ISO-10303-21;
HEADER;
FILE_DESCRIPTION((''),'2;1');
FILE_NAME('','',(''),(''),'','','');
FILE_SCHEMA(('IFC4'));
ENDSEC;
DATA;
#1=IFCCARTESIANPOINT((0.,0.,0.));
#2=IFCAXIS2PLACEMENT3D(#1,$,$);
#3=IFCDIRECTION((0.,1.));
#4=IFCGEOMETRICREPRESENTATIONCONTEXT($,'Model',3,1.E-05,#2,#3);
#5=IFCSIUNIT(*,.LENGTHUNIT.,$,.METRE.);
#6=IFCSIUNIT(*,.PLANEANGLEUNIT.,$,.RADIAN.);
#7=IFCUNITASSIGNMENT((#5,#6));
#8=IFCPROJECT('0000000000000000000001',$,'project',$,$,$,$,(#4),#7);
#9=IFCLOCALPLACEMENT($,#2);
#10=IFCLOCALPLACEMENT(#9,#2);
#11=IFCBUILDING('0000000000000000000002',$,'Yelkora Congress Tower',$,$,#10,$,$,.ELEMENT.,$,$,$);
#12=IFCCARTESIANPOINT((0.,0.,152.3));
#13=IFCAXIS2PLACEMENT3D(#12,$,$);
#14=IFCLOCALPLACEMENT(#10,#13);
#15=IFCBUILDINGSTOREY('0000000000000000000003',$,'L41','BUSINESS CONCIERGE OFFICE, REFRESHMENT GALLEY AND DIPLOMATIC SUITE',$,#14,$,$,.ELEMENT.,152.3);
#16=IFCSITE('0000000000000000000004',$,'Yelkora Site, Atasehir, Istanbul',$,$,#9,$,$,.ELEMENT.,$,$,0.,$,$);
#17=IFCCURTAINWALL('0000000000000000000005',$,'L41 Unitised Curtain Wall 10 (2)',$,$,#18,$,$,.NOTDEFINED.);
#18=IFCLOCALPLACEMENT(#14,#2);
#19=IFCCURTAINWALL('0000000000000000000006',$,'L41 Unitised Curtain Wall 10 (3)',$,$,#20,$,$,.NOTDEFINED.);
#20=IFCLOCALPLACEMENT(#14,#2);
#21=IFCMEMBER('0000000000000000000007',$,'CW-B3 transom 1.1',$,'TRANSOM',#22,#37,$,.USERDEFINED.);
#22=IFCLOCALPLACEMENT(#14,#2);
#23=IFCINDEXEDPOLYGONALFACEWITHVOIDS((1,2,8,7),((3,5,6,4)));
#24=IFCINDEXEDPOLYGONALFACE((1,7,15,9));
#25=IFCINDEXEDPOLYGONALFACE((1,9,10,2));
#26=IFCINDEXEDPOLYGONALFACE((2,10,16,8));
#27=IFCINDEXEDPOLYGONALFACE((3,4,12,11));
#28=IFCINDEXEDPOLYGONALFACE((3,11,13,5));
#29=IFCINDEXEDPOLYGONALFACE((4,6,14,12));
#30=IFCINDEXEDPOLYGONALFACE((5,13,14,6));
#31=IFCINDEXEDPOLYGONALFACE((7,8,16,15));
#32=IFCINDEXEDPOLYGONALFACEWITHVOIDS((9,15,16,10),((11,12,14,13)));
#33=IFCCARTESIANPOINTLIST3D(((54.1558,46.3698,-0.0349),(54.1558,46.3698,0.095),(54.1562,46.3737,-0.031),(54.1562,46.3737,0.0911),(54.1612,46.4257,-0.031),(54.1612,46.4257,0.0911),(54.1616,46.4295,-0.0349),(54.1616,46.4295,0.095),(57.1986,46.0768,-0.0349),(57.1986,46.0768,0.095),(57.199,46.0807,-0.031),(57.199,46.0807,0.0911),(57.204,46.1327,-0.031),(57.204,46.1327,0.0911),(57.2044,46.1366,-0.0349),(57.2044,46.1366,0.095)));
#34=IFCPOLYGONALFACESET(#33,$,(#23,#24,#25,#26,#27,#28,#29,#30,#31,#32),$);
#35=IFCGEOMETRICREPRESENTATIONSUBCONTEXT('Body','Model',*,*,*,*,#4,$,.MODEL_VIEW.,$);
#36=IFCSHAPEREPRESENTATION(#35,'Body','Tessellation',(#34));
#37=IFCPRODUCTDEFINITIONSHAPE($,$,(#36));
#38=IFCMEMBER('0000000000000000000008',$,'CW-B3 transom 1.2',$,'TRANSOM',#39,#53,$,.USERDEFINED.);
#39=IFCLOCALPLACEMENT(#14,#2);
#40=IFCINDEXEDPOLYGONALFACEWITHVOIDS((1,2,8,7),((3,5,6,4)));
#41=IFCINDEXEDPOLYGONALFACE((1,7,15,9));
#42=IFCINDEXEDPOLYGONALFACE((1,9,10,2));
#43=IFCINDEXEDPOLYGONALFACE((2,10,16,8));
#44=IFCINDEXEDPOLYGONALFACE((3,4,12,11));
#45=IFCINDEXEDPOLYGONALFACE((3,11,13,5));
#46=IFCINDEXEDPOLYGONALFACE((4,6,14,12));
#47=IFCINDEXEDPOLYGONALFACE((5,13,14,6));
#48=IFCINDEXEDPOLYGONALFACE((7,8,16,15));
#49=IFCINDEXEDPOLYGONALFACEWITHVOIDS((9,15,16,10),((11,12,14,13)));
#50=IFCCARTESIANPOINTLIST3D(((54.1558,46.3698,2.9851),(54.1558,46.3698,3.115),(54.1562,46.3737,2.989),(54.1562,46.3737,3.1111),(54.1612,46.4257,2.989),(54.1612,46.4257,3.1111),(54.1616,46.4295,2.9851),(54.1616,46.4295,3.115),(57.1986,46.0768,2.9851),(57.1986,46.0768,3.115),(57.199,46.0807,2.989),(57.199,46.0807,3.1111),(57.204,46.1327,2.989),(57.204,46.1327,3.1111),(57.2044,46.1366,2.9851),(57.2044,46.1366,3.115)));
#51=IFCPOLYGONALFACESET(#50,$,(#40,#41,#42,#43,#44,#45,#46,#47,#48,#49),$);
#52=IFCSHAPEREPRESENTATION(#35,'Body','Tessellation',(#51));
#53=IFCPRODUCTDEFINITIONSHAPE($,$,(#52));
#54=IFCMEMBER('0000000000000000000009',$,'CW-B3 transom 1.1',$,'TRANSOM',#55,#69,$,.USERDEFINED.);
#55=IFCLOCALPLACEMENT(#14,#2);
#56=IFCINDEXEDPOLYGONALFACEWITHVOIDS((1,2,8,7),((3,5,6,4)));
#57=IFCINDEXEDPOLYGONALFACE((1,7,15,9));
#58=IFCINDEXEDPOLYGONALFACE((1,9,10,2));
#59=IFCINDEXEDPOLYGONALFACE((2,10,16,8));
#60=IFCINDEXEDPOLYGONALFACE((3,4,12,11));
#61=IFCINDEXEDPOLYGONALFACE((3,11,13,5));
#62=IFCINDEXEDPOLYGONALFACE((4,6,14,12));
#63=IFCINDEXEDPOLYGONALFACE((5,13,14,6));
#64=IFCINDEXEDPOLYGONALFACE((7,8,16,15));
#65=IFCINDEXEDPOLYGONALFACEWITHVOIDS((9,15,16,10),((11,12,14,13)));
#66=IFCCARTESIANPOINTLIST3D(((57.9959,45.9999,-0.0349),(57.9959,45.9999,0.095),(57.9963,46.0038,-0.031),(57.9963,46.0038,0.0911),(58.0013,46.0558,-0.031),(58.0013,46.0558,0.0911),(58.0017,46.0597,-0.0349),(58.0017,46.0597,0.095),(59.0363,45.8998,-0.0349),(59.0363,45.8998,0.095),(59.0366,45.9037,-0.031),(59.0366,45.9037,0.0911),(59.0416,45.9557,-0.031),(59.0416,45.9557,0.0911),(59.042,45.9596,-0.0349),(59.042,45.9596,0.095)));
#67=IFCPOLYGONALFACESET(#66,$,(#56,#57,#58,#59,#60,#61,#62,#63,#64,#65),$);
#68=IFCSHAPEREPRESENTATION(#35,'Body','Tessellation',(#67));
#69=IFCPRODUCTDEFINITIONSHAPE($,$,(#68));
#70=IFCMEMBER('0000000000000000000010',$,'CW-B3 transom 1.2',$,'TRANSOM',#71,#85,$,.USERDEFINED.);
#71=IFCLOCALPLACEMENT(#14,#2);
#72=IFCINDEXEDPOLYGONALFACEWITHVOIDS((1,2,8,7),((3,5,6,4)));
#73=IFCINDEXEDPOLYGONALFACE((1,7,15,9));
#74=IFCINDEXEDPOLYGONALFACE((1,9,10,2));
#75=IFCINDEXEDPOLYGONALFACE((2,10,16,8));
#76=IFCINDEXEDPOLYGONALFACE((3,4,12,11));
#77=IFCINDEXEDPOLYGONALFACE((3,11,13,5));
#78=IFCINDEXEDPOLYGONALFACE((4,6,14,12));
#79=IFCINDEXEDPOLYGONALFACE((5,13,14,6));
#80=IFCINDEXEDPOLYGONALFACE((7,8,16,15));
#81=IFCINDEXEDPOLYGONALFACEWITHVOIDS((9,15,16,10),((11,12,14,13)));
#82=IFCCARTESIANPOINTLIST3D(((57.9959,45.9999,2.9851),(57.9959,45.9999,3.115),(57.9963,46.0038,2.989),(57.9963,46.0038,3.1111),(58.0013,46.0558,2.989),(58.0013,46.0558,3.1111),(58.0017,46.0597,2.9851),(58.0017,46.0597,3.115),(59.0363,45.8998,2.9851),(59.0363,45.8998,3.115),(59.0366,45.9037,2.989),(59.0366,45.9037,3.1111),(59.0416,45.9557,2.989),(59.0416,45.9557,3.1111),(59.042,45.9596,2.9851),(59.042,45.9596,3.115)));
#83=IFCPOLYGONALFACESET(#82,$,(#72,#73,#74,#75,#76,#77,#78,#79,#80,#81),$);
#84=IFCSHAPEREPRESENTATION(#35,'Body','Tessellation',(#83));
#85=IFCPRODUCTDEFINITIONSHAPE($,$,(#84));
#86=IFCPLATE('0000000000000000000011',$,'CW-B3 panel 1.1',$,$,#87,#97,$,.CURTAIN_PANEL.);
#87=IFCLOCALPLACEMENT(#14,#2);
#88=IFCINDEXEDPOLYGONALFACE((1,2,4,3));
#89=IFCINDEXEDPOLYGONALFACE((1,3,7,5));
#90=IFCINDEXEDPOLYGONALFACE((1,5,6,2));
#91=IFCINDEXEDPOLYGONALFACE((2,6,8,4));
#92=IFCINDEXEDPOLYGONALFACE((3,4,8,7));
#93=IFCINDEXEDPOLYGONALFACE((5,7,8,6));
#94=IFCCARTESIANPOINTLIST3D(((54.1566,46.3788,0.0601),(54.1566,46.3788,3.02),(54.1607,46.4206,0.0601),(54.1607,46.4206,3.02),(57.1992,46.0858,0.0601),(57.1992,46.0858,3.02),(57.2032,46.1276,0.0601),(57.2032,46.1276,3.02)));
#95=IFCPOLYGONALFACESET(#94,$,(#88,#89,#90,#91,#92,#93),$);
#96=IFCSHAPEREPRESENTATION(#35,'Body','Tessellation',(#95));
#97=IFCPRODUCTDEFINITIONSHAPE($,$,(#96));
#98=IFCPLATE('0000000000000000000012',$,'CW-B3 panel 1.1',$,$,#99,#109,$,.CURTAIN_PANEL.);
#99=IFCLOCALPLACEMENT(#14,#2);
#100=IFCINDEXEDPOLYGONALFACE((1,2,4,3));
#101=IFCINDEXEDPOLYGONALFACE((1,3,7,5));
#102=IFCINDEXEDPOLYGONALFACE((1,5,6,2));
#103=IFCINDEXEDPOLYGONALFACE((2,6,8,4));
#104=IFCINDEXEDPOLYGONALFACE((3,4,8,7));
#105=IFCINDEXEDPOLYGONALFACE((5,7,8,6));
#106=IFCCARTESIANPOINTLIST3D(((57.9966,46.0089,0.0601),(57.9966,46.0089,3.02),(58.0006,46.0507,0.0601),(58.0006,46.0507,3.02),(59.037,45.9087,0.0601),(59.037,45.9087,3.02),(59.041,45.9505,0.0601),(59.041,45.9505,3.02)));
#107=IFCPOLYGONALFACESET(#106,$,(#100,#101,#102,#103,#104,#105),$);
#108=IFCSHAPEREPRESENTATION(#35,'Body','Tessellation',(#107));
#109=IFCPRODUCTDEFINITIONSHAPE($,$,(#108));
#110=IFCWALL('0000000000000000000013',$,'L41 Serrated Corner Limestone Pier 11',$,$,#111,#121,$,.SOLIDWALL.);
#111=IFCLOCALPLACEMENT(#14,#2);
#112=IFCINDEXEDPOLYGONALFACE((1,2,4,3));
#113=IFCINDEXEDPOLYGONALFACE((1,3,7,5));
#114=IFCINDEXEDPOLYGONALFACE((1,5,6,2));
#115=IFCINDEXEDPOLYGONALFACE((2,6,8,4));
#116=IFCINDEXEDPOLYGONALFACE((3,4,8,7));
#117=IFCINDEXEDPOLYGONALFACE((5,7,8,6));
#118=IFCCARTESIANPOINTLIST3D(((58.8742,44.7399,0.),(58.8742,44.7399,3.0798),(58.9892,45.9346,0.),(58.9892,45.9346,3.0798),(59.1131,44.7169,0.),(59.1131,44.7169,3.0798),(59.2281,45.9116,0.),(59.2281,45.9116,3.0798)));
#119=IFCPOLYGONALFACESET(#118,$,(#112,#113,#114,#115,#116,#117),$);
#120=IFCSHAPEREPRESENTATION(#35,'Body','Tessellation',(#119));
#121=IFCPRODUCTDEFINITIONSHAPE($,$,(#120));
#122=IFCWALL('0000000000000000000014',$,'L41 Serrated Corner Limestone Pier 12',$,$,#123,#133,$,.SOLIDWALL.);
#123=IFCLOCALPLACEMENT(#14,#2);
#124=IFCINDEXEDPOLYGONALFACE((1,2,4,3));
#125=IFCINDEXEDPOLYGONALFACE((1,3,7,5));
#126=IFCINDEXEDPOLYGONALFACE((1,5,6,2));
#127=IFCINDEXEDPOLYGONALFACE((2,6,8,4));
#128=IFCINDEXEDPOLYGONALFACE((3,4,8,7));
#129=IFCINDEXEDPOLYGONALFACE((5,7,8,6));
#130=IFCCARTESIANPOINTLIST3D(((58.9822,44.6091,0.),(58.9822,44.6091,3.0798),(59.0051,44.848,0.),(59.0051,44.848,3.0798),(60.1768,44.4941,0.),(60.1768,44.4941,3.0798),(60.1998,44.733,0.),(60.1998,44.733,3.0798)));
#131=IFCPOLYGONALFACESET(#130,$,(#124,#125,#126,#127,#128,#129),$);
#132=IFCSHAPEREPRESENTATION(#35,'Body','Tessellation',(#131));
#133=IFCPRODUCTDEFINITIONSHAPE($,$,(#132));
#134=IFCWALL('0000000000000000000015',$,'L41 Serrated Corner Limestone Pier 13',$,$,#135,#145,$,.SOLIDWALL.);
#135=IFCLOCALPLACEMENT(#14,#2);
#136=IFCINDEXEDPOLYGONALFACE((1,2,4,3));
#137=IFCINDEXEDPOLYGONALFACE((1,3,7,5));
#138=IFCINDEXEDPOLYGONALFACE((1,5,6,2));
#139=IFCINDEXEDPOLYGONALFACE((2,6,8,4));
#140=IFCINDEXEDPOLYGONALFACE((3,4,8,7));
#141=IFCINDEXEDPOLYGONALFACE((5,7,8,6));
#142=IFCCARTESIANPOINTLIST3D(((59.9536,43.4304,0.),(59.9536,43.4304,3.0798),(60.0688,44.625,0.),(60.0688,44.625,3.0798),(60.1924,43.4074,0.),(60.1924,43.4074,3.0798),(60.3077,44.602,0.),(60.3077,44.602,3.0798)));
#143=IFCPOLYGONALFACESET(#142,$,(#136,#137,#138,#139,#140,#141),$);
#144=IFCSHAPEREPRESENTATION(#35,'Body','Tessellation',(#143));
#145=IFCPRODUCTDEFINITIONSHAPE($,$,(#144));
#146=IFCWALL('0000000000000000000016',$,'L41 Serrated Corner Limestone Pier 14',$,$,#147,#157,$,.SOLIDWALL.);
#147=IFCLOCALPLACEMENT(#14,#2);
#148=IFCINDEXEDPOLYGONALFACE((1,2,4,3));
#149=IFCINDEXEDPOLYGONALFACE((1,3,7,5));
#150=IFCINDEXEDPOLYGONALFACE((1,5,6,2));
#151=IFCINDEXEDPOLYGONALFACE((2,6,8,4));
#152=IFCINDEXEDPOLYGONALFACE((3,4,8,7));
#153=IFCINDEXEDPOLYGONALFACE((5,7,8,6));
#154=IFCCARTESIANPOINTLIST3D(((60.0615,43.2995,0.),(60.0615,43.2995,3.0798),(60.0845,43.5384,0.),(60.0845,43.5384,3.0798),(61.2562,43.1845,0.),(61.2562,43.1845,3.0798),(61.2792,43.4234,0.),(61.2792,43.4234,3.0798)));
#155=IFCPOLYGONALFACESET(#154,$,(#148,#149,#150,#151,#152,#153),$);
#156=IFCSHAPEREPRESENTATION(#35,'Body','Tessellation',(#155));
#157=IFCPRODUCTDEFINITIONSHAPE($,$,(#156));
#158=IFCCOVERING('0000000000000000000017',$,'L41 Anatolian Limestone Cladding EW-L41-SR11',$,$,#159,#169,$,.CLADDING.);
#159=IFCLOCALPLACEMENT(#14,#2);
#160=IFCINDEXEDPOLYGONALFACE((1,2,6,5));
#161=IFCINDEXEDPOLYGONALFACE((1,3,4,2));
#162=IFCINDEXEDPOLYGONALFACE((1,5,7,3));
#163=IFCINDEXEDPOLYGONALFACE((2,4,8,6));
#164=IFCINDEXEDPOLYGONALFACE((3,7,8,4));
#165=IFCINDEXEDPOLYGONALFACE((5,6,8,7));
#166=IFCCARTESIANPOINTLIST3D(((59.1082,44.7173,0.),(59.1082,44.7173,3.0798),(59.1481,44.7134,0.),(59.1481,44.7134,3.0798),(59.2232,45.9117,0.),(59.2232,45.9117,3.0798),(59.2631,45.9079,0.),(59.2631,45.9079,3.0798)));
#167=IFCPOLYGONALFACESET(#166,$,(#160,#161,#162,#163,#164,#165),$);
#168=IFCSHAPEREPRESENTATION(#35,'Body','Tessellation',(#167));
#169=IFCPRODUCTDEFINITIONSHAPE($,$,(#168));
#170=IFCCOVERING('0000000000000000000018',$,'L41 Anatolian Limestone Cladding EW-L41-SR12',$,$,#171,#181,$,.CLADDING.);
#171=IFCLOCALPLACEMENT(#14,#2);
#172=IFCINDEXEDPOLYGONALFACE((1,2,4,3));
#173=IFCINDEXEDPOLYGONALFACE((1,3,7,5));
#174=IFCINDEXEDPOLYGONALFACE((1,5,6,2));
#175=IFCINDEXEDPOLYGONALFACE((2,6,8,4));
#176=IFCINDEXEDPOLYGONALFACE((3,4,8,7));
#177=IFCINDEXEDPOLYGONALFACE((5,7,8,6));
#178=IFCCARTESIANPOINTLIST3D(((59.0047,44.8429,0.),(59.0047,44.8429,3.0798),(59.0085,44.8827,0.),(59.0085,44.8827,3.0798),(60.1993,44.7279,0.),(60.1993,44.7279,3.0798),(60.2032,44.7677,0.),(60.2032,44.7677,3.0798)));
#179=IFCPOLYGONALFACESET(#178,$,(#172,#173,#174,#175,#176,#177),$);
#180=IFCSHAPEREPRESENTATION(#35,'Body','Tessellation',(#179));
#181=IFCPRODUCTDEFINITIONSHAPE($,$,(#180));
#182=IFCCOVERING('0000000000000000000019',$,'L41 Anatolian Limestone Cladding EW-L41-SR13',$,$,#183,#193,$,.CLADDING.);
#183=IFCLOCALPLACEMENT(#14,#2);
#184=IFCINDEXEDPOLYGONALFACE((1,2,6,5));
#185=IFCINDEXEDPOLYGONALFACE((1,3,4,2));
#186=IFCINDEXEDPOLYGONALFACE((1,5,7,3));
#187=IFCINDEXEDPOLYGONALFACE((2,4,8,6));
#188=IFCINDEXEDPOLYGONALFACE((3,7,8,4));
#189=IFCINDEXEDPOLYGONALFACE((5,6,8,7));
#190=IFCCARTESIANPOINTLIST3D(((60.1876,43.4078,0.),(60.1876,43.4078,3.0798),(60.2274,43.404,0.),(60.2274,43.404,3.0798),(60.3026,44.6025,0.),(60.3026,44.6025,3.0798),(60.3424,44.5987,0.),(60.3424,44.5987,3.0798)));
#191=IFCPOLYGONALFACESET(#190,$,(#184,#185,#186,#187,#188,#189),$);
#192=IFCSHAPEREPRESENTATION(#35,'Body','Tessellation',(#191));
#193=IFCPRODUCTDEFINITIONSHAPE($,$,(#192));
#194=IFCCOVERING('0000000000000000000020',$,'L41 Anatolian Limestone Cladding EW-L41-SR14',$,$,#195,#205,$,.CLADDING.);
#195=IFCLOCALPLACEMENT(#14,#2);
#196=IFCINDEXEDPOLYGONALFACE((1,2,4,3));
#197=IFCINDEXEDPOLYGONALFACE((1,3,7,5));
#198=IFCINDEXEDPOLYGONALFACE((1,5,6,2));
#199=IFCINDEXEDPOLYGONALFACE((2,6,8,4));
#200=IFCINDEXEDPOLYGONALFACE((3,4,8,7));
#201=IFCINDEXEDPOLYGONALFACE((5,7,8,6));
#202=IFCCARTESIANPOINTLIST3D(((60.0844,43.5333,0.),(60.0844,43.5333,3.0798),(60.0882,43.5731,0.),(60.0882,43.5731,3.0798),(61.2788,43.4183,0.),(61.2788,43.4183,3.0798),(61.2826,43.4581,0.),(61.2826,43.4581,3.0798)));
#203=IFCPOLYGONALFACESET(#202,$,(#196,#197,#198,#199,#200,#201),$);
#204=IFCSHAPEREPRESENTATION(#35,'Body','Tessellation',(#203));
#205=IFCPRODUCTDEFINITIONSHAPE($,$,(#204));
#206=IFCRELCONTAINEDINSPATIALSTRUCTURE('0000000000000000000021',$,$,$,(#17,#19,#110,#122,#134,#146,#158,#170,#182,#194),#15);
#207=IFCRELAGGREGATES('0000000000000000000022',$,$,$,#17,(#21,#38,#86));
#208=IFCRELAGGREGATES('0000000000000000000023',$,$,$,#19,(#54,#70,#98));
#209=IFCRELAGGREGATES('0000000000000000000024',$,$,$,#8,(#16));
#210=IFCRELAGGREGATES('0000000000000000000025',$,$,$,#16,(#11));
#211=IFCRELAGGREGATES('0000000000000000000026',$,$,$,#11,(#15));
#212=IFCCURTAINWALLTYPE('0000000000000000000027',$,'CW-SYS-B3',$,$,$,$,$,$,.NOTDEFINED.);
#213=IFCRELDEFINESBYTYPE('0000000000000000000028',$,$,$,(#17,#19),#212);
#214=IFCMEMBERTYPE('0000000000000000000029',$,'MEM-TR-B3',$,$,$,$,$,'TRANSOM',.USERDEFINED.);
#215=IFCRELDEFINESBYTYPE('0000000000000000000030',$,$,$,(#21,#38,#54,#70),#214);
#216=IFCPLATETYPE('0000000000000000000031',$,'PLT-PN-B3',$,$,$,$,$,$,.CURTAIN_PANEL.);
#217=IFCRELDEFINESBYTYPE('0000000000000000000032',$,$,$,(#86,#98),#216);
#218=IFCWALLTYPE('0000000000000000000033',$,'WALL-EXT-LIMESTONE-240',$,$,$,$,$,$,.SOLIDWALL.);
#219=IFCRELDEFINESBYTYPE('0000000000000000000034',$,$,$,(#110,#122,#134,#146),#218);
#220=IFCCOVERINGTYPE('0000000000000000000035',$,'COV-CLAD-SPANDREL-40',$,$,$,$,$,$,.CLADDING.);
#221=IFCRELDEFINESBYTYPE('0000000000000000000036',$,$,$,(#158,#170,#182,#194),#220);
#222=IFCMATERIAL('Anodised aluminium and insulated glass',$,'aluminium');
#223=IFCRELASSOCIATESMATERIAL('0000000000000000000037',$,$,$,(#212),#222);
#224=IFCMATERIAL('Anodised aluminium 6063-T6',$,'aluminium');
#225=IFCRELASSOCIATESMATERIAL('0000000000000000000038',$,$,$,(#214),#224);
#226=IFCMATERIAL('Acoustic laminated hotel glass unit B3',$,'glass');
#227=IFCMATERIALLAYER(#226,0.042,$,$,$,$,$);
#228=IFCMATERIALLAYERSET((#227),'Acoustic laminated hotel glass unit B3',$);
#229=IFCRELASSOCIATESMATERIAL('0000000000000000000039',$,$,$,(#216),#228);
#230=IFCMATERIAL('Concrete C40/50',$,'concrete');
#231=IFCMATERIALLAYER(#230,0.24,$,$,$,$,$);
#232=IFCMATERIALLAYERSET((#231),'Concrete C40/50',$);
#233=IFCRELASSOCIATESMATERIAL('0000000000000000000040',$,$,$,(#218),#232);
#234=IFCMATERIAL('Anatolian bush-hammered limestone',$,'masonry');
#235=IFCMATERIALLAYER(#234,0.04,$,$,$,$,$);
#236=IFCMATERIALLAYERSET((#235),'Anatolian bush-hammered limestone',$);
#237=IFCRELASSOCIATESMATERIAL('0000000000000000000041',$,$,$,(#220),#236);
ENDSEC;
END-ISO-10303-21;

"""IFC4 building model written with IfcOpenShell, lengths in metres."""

from ifc_helpers import new_model, si_unit, direction, frame, frame_2d, origin, origin_2d, place, context, subcontext, project, spatial, rectangle, hollow_rectangle, extrude, material, layer, layer_set, material_profile, profile_set, type_object, element, aggregate, save


model = new_model("IFC4")

# Units and contexts
model_context = context("Model", 3, precision=1e-05, world=origin(), true_north=direction((0.0, 1.0)))
body_context = subcontext(model_context, "Body", "Model", "MODEL_VIEW")
ifc_project = project(units=[si_unit("LENGTHUNIT", "METRE"), si_unit("PLANEANGLEUNIT", "RADIAN")], contexts=[model_context])

# Site, building, storey
site_placement = place(None, origin())
site = spatial("IfcSite", under=ifc_project, at=site_placement, Name="Yelkora Site, Atasehir, Istanbul", CompositionType="ELEMENT", RefElevation=0.0)
building_placement = place(site_placement, origin())
building = spatial("IfcBuilding", under=site, at=building_placement, Name="Yelkora Congress Tower", CompositionType="ELEMENT")
storey_placement = place(building_placement, frame((0.0, 0.0, 152.3)))
storey = spatial("IfcBuildingStorey", under=building, at=storey_placement, Name="L41", Description="BUSINESS CONCIERGE OFFICE, REFRESHMENT GALLEY AND DIPLOMATIC SUITE", CompositionType="ELEMENT", Elevation=152.3)

# Shared definitions
ifc_material_1 = material(Name="Anodised aluminium and insulated glass", Category="aluminium")
curtain_wall_type = type_object("IfcCurtainWallType", Name="CW-SYS-B3", PredefinedType="NOTDEFINED", material=ifc_material_1)
ifc_material_2 = material(Name="Anodised aluminium 6063-T6", Category="aluminium")

# Curtain walls
curtain_wall_1_placement = place(storey_placement, origin())
curtain_wall_1 = element("IfcCurtainWall", 1, at=curtain_wall_1_placement, inside=storey, type_object=curtain_wall_type, Name="L41 Unitised Curtain Wall 10 (2)", PredefinedType="NOTDEFINED")
curtain_wall_2_placement = place(storey_placement, origin())
curtain_wall_2 = element("IfcCurtainWall", 2, at=curtain_wall_2_placement, inside=storey, type_object=curtain_wall_type, Name="L41 Unitised Curtain Wall 10 (3)", PredefinedType="NOTDEFINED")

# Members
ifc_material_profile_1 = material_profile(ifc_material_2, hollow_rectangle(XDim=0.0601, YDim=0.1299, WallThickness=0.0039, at=origin_2d()), Name="ALU 60x130x4")
ifc_profile_set_1 = profile_set([ifc_material_profile_1], Name="Anodised aluminium 6063-T6")
member_type_1 = type_object("IfcMemberType", Name="MEM-TR-B3", ElementType="TRANSOM", PredefinedType="USERDEFINED", material=ifc_profile_set_1)
member_1_placement = place(storey_placement, frame((54.1587, 46.3997, 0.03), z_axis=(0.995397, -0.095842, 0.0), x_axis=(0.095842, 0.995397, 0.0)))
member_1 = element("IfcMember", 3, at=member_1_placement, type_object=member_type_1, Name="CW-B3 transom 1.1", ObjectType="TRANSOM", PredefinedType="USERDEFINED", context=body_context, shape_type="SweptSolid", body=[
    extrude(hollow_rectangle(XDim=0.0601, YDim=0.1299, WallThickness=0.0039, at=origin_2d()), origin(), (0.0, 0.0, 1.0), 3.0569),
])
member_2_placement = place(storey_placement, frame((54.1587, 46.3997, 3.05), z_axis=(0.995397, -0.095842, 0.0), x_axis=(0.095842, 0.995397, 0.0)))
member_2 = element("IfcMember", 4, at=member_2_placement, type_object=member_type_1, Name="CW-B3 transom 1.2", ObjectType="TRANSOM", PredefinedType="USERDEFINED", context=body_context, shape_type="SweptSolid", body=[
    extrude(hollow_rectangle(XDim=0.0601, YDim=0.1299, WallThickness=0.0039, at=origin_2d()), origin(), (0.0, 0.0, 1.0), 3.0569),
])
member_3_placement = place(storey_placement, frame((57.9988, 46.0298, 0.03), z_axis=(0.995403, -0.095779, 0.0), x_axis=(0.095779, 0.995403, 0.0)))
member_3 = element("IfcMember", 5, at=member_3_placement, type_object=member_type_1, Name="CW-B3 transom 1.1", ObjectType="TRANSOM", PredefinedType="USERDEFINED", context=body_context, shape_type="SweptSolid", body=[
    extrude(hollow_rectangle(XDim=0.0601, YDim=0.1299, WallThickness=0.0039, at=origin_2d()), origin(), (0.0, 0.0, 1.0), 1.0452),
])
member_4_placement = place(storey_placement, frame((57.9988, 46.0298, 3.05), z_axis=(0.995403, -0.095779, 0.0), x_axis=(0.095779, 0.995403, 0.0)))
member_4 = element("IfcMember", 6, at=member_4_placement, type_object=member_type_1, Name="CW-B3 transom 1.2", ObjectType="TRANSOM", PredefinedType="USERDEFINED", context=body_context, shape_type="SweptSolid", body=[
    extrude(hollow_rectangle(XDim=0.0601, YDim=0.1299, WallThickness=0.0039, at=origin_2d()), origin(), (0.0, 0.0, 1.0), 1.0452),
])

# Plates
ifc_material_3 = material(Name="Acoustic laminated hotel glass unit B3", Category="glass")
ifc_layer_1 = layer(ifc_material_3, 0.042)
ifc_layer_set_1 = layer_set([ifc_layer_1], Name="Acoustic laminated hotel glass unit B3")
plate_type = type_object("IfcPlateType", Name="PLT-PN-B3", PredefinedType="CURTAIN_PANEL", material=ifc_layer_set_1)
plate_1_placement = place(storey_placement, frame((55.6799, 46.2532, 0.0601), z_axis=(0.0, 0.0, 1.0), x_axis=(0.995396, -0.095848, 0.0)))
plate_1 = element("IfcPlate", 7, at=plate_1_placement, type_object=plate_type, Name="CW-B3 panel 1.1", PredefinedType="CURTAIN_PANEL", context=body_context, shape_type="SweptSolid", body=[
    extrude(rectangle(XDim=3.0566, YDim=0.042, at=origin_2d()), origin(), (0.0, 0.0, 1.0), 2.96),
])
aggregate(curtain_wall_1, [member_1, member_2, plate_1])
plate_2_placement = place(storey_placement, frame((58.5188, 45.9797, 0.0601), z_axis=(0.0, 0.0, 1.0), x_axis=(0.995396, -0.095852, 0.0)))
plate_2 = element("IfcPlate", 8, at=plate_2_placement, type_object=plate_type, Name="CW-B3 panel 1.1", PredefinedType="CURTAIN_PANEL", context=body_context, shape_type="SweptSolid", body=[
    extrude(rectangle(XDim=1.0452, YDim=0.042, at=origin_2d()), origin(), (0.0, 0.0, 1.0), 2.96),
])
aggregate(curtain_wall_2, [member_3, member_4, plate_2])

# Walls
ifc_material_4 = material(Name="Concrete C40/50", Category="concrete")
ifc_layer_2 = layer(ifc_material_4, 0.24)
ifc_layer_set_2 = layer_set([ifc_layer_2], Name="Concrete C40/50")
wall_type = type_object("IfcWallType", Name="WALL-EXT-LIMESTONE-240", PredefinedType="SOLIDWALL", material=ifc_layer_set_2)
for number, where, z_axis, x_axis, name in (
    (9, (59.1086, 45.9231, 0.0), (0.0, 0.0, 1.0), (-0.095817, -0.995399, 0.0), "L41 Serrated Corner Limestone Pier 11"),
    (10, (58.9937, 44.7285, 0.0), (0.0, 0.0, 1.0), (0.995399, -0.095817, 0.0), "L41 Serrated Corner Limestone Pier 12"),
    (11, (60.1882, 44.6135, 0.0), (0.0, 0.0, 1.0), (-0.096019, -0.99538, 0.0), "L41 Serrated Corner Limestone Pier 13"),
    (12, (60.073, 43.4189, 0.0), (0.0, 0.0, 1.0), (0.995399, -0.095817, 0.0), "L41 Serrated Corner Limestone Pier 14"),
):
    element("IfcWall", number, at=place(storey_placement, frame(where, z_axis=z_axis, x_axis=x_axis)), inside=storey, type_object=wall_type, Name=name, PredefinedType="SOLIDWALL", context=body_context, shape_type="SweptSolid", body=[
        extrude(rectangle(XDim=1.2002, YDim=0.24, at=frame_2d((0.6001, 0.0))), origin(), (0.0, 0.0, 1.0), 3.0798),
    ])

# Coverings
ifc_material_5 = material(Name="Anatolian bush-hammered limestone", Category="masonry")
ifc_layer_3 = layer(ifc_material_5, 0.04)
ifc_layer_set_3 = layer_set([ifc_layer_3], Name="Anatolian bush-hammered limestone")
covering_type = type_object("IfcCoveringType", Name="COV-CLAD-SPANDREL-40", PredefinedType="CLADDING", material=ifc_layer_set_3)
covering_1_placement = place(storey_placement, frame((59.2432, 45.9099, 0.0), z_axis=(0.0, 0.0, 1.0), x_axis=(-0.095836, -0.995397, 0.0)))
element("IfcCovering", 13, at=covering_1_placement, inside=storey, type_object=covering_type, Name="L41 Anatolian Limestone Cladding EW-L41-SR11", PredefinedType="CLADDING", context=body_context, shape_type="SweptSolid", body=[
    extrude(rectangle(XDim=1.2, YDim=0.04, at=frame_2d((0.6001, 0.0))), origin(), (0.0, 0.0, 1.0), 3.0798),
])
for number, where, z_axis, x_axis, name in (
    (14, (59.0066, 44.8628, 0.0), (0.0, 0.0, 1.0), (0.995399, -0.095817, 0.0), "L41 Anatolian Limestone Cladding EW-L41-SR12"),
    (15, (60.3225, 44.6006, 0.0), (0.0, 0.0, 1.0), (-0.095817, -0.995399, 0.0), "L41 Anatolian Limestone Cladding EW-L41-SR13"),
):
    element("IfcCovering", number, at=place(storey_placement, frame(where, z_axis=z_axis, x_axis=x_axis)), inside=storey, type_object=covering_type, Name=name, PredefinedType="CLADDING", context=body_context, shape_type="SweptSolid", body=[
        extrude(rectangle(XDim=1.2002, YDim=0.04, at=frame_2d((0.6001, 0.0))), origin(), (0.0, 0.0, 1.0), 3.0798),
    ])
covering_2_placement = place(storey_placement, frame((60.0862, 43.5532, 0.0), z_axis=(0.0, 0.0, 1.0), x_axis=(0.995397, -0.095836, 0.0)))
element("IfcCovering", 16, at=covering_2_placement, inside=storey, type_object=covering_type, Name="L41 Anatolian Limestone Cladding EW-L41-SR14", PredefinedType="CLADDING", context=body_context, shape_type="SweptSolid", body=[
    extrude(rectangle(XDim=1.2, YDim=0.04, at=frame_2d((0.6001, 0.0))), origin(), (0.0, 0.0, 1.0), 3.0798),
])

save(model, "model.ifc")
